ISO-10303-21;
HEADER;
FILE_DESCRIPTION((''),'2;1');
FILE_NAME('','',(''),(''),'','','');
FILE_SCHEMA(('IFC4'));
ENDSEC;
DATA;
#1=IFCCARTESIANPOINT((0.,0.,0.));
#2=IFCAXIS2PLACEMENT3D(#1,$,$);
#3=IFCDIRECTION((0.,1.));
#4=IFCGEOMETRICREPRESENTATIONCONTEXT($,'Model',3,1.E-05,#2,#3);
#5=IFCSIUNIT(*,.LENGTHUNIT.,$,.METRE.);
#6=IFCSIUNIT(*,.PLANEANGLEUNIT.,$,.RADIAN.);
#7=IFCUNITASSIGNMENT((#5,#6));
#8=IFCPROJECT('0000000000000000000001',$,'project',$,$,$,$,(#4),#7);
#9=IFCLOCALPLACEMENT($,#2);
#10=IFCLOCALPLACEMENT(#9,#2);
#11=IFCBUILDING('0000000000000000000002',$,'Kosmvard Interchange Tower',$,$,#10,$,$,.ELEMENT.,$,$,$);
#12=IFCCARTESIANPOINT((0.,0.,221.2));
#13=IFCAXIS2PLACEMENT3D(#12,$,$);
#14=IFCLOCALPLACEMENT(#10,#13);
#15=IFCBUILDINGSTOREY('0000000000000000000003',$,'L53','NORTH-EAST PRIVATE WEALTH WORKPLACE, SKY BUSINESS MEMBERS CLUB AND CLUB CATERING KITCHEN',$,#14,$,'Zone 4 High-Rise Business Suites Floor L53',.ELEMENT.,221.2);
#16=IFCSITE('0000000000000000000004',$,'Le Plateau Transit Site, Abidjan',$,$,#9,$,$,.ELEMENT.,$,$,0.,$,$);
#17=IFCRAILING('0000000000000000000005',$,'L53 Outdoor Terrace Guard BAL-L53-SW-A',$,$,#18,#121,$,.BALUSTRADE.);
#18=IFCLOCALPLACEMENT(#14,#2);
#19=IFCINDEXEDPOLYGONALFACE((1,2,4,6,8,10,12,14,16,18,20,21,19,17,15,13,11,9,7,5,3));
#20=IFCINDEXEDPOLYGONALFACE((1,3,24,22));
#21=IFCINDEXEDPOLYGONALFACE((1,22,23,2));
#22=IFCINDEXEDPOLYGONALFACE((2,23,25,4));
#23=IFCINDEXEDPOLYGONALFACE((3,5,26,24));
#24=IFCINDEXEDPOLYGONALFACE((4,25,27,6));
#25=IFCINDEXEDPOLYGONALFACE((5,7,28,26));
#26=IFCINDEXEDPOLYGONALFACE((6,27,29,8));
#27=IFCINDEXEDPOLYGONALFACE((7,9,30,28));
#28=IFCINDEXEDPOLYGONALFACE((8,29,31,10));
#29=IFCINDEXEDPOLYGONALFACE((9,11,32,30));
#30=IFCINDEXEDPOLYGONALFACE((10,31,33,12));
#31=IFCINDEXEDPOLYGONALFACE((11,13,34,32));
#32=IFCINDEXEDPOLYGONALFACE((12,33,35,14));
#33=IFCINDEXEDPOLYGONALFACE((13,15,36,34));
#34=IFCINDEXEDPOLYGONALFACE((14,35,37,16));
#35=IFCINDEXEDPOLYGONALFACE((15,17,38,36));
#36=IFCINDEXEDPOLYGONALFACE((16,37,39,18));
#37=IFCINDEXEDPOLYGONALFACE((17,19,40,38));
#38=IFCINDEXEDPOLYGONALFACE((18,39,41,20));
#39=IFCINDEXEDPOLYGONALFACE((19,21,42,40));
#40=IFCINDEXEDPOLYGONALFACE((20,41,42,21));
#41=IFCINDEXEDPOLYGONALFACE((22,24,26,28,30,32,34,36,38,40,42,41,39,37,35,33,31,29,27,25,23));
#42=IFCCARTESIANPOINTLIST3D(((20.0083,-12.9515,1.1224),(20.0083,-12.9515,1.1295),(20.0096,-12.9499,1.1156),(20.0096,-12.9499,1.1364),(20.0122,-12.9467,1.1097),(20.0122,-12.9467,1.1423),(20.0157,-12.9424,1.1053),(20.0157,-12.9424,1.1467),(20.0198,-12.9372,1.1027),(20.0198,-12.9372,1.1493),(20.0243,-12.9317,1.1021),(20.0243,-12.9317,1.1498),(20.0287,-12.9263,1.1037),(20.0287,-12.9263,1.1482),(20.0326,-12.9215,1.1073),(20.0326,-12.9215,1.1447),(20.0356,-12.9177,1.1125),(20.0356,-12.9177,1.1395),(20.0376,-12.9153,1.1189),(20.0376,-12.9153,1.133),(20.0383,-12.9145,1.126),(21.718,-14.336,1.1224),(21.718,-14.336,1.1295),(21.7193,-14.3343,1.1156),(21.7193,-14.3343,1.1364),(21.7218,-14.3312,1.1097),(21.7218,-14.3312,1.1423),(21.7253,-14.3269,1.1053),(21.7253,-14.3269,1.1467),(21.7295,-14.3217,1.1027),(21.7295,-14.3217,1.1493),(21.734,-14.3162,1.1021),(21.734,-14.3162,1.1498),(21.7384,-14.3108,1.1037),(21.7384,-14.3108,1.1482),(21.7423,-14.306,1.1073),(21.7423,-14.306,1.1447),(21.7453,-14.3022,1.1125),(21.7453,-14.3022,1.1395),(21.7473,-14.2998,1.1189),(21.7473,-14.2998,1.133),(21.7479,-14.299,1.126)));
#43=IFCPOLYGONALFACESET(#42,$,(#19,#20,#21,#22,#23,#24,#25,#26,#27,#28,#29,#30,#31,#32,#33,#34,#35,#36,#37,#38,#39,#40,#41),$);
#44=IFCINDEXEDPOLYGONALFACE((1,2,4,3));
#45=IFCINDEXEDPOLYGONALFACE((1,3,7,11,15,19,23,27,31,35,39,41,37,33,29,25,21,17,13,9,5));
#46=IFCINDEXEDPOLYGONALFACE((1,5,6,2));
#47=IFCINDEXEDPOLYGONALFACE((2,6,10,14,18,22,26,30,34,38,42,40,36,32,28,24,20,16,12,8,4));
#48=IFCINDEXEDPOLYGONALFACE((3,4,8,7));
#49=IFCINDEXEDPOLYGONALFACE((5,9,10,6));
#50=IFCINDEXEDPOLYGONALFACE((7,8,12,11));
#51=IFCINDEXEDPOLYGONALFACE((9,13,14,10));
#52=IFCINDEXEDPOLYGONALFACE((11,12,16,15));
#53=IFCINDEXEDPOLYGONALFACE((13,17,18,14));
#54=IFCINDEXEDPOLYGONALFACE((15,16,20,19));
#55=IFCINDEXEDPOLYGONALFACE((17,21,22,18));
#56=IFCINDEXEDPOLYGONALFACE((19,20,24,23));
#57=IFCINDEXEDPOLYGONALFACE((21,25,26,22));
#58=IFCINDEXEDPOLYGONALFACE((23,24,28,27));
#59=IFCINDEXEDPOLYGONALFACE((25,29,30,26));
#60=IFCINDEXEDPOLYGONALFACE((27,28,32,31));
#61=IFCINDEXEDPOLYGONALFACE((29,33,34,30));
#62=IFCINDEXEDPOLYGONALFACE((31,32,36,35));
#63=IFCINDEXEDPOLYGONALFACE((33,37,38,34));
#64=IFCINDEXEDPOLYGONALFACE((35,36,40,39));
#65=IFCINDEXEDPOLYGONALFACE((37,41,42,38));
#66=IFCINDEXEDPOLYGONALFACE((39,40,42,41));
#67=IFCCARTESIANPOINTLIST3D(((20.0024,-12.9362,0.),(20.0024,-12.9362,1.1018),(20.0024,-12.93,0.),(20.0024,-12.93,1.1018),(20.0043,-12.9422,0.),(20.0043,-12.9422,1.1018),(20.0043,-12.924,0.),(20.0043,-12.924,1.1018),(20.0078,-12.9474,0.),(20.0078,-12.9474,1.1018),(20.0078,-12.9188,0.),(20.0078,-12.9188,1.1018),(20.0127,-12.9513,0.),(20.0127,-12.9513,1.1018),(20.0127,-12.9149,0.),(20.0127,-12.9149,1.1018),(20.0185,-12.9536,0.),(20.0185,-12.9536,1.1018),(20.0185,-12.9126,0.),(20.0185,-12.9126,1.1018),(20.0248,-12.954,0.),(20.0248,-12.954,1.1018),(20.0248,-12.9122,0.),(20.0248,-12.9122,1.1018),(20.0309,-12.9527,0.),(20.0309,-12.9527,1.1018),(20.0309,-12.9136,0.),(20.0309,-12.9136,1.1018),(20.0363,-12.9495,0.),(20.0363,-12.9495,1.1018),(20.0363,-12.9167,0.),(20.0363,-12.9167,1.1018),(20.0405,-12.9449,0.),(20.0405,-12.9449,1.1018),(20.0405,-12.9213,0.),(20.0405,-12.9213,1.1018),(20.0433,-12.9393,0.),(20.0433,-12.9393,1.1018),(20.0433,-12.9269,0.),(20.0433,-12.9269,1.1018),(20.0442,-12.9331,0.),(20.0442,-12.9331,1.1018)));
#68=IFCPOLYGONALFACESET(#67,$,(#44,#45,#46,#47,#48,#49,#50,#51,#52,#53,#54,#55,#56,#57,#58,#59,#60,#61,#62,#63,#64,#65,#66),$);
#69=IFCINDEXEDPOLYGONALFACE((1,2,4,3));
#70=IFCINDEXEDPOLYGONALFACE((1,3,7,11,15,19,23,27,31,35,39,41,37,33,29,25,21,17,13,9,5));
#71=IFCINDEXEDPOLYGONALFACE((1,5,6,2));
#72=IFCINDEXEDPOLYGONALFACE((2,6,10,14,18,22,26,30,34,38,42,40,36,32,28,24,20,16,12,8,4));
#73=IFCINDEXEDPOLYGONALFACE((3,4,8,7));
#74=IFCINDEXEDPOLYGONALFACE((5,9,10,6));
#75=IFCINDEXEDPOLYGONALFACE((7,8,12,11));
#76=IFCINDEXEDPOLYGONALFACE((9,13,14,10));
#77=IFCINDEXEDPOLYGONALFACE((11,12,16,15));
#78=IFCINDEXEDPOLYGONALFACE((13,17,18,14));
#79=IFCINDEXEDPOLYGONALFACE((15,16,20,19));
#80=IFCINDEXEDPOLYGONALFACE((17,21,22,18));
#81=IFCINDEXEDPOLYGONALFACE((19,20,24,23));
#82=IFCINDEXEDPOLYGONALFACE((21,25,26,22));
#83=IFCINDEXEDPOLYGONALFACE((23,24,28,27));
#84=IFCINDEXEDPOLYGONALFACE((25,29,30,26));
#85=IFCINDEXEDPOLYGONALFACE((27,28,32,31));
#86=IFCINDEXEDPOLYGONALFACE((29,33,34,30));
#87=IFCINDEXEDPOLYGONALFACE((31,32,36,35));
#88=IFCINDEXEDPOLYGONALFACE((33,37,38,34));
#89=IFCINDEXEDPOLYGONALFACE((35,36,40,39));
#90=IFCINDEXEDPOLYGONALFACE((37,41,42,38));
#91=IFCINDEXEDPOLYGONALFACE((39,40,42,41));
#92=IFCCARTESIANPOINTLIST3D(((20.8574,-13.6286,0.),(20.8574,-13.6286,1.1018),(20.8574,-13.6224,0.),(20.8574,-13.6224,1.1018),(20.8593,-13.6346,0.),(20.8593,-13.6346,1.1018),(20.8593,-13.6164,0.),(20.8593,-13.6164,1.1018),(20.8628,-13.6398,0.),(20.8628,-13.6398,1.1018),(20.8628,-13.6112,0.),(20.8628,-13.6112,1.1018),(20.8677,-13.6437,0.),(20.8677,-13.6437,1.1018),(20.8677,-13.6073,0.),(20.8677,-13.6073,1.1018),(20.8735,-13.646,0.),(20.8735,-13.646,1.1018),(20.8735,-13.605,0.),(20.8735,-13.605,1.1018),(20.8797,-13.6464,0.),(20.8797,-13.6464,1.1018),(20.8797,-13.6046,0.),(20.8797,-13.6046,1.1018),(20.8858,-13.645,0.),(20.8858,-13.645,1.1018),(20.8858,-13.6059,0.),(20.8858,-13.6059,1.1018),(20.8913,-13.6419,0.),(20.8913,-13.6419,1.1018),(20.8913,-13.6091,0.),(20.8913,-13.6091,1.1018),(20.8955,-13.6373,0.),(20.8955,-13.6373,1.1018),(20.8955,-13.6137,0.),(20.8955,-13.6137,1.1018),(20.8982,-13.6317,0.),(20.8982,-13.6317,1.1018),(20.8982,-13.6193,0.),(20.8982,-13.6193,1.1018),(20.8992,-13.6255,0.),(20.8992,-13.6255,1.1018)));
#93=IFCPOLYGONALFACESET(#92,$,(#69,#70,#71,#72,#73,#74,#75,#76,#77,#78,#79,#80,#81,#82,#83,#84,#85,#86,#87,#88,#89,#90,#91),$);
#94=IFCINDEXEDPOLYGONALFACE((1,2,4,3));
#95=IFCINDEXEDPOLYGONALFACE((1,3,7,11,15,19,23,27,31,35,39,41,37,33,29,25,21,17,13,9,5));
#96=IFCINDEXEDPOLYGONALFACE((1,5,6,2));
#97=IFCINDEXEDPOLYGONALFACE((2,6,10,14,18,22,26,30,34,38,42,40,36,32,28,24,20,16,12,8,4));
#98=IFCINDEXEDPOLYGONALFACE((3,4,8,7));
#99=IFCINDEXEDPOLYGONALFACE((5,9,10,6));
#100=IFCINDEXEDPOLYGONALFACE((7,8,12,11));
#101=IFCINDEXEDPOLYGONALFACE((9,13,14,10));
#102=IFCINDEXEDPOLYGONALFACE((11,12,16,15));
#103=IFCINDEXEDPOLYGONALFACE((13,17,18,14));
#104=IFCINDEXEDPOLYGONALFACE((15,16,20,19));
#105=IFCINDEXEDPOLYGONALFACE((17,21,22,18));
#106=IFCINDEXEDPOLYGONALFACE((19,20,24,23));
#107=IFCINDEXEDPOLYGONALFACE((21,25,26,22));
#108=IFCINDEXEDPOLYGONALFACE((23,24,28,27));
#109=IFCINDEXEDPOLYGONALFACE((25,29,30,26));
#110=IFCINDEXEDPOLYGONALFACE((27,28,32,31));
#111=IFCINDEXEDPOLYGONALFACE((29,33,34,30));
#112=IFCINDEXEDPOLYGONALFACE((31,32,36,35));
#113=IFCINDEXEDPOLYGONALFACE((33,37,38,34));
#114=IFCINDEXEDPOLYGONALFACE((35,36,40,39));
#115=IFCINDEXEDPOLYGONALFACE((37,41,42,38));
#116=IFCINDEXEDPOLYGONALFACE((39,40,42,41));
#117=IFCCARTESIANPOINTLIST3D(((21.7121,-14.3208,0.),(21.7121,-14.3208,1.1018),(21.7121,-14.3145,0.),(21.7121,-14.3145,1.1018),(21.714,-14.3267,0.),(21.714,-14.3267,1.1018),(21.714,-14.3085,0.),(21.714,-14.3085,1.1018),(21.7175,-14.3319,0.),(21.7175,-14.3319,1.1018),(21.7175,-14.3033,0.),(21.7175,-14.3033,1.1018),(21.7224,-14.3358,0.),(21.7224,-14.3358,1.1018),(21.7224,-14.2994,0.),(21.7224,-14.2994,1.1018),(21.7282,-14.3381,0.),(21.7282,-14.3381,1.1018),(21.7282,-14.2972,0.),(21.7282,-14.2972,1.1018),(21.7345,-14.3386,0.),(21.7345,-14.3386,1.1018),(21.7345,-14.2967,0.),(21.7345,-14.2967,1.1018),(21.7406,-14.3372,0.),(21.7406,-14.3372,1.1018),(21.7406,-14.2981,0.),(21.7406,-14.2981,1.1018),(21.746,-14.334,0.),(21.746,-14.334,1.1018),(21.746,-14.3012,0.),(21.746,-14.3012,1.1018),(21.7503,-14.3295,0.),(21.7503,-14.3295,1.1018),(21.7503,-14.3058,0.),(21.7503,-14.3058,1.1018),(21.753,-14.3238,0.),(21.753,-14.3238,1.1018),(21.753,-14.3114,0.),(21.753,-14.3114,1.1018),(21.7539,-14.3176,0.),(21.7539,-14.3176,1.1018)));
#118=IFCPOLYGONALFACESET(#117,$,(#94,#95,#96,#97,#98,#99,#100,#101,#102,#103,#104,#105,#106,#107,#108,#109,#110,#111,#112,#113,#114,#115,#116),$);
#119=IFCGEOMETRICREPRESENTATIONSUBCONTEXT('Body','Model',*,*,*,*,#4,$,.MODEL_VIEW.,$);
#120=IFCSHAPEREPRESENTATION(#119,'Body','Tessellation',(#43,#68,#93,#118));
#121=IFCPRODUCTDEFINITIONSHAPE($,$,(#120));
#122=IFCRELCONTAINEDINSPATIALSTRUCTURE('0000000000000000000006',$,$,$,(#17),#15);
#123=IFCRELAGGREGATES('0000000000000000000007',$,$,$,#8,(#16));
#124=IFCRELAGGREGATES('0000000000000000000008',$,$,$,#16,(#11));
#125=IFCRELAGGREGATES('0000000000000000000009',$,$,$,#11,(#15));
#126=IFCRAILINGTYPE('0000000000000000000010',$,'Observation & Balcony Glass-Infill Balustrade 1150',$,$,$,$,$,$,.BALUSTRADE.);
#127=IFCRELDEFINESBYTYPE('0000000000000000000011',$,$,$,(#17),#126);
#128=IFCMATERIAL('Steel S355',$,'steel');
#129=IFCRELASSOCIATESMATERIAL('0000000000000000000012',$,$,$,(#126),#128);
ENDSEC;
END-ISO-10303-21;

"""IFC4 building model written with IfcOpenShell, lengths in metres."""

from ifc_helpers import new_model, si_unit, direction, frame, origin, origin_2d, place, context, subcontext, project, spatial, circle, extrude, source, transform, mapped, material, type_object, element, save


model = new_model("IFC4")

# Units and contexts
model_context = context("Model", 3, precision=1e-05, world=origin(), true_north=direction((0.0, 1.0)))
body_context = subcontext(model_context, "Body", "Model", "MODEL_VIEW")
ifc_project = project(units=[si_unit("LENGTHUNIT", "METRE"), si_unit("PLANEANGLEUNIT", "RADIAN")], contexts=[model_context])

# Site, building, storey
site_placement = place(None, origin())
site = spatial("IfcSite", under=ifc_project, at=site_placement, Name="Le Plateau Transit Site, Abidjan", CompositionType="ELEMENT", RefElevation=0.0)
building_placement = place(site_placement, origin())
building = spatial("IfcBuilding", under=site, at=building_placement, Name="Kosmvard Interchange Tower", CompositionType="ELEMENT")
storey_placement = place(building_placement, frame((0.0, 0.0, 221.2)))
storey = spatial("IfcBuildingStorey", under=building, at=storey_placement, Name="L53", Description="NORTH-EAST PRIVATE WEALTH WORKPLACE, SKY BUSINESS MEMBERS CLUB AND CLUB CATERING KITCHEN", LongName="Zone 4 High-Rise Business Suites Floor L53", CompositionType="ELEMENT", Elevation=221.2)

# Shared definitions
ifc_material_1 = material(Name="Steel S355", Category="steel")

# Railing
railing_type = type_object("IfcRailingType", Name="Observation & Balcony Glass-Infill Balustrade 1150", PredefinedType="BALUSTRADE", material=ifc_material_1)
shared_shape_1 = source(origin(), body_context, "Body", "SweptSolid", [
    extrude(circle(Radius=0.0239, at=origin_2d()), frame((0.0, 0.0, 1.126), z_axis=(0.777141, -0.629326, 0.0), x_axis=(0.629326, 0.777141, 0.0)), (0.0, 0.0, 1.0), 2.2),
    extrude(circle(Radius=0.021, at=origin_2d()), origin(), (0.0, 0.0, 1.0), 1.1018),
    extrude(circle(Radius=0.021, at=origin_2d()), frame((0.855, -0.6924, 0.0)), (0.0, 0.0, 1.0), 1.1018),
    extrude(circle(Radius=0.021, at=origin_2d()), frame((1.7097, -1.3845, 0.0)), (0.0, 0.0, 1.0), 1.1018),
])
railing_1_placement = place(storey_placement, frame((20.0232, -12.9331, 0.0)))
element("IfcRailing", 1, at=railing_1_placement, inside=storey, type_object=railing_type, Name="L53 Outdoor Terrace Guard BAL-L53-SW-A", PredefinedType="BALUSTRADE", context=body_context, shape_type="MappedRepresentation", body=[
    mapped(shared_shape_1, transform((0.0, 0.0, 0.0), scale=1.0)),
])

save(model, "model.ifc")
